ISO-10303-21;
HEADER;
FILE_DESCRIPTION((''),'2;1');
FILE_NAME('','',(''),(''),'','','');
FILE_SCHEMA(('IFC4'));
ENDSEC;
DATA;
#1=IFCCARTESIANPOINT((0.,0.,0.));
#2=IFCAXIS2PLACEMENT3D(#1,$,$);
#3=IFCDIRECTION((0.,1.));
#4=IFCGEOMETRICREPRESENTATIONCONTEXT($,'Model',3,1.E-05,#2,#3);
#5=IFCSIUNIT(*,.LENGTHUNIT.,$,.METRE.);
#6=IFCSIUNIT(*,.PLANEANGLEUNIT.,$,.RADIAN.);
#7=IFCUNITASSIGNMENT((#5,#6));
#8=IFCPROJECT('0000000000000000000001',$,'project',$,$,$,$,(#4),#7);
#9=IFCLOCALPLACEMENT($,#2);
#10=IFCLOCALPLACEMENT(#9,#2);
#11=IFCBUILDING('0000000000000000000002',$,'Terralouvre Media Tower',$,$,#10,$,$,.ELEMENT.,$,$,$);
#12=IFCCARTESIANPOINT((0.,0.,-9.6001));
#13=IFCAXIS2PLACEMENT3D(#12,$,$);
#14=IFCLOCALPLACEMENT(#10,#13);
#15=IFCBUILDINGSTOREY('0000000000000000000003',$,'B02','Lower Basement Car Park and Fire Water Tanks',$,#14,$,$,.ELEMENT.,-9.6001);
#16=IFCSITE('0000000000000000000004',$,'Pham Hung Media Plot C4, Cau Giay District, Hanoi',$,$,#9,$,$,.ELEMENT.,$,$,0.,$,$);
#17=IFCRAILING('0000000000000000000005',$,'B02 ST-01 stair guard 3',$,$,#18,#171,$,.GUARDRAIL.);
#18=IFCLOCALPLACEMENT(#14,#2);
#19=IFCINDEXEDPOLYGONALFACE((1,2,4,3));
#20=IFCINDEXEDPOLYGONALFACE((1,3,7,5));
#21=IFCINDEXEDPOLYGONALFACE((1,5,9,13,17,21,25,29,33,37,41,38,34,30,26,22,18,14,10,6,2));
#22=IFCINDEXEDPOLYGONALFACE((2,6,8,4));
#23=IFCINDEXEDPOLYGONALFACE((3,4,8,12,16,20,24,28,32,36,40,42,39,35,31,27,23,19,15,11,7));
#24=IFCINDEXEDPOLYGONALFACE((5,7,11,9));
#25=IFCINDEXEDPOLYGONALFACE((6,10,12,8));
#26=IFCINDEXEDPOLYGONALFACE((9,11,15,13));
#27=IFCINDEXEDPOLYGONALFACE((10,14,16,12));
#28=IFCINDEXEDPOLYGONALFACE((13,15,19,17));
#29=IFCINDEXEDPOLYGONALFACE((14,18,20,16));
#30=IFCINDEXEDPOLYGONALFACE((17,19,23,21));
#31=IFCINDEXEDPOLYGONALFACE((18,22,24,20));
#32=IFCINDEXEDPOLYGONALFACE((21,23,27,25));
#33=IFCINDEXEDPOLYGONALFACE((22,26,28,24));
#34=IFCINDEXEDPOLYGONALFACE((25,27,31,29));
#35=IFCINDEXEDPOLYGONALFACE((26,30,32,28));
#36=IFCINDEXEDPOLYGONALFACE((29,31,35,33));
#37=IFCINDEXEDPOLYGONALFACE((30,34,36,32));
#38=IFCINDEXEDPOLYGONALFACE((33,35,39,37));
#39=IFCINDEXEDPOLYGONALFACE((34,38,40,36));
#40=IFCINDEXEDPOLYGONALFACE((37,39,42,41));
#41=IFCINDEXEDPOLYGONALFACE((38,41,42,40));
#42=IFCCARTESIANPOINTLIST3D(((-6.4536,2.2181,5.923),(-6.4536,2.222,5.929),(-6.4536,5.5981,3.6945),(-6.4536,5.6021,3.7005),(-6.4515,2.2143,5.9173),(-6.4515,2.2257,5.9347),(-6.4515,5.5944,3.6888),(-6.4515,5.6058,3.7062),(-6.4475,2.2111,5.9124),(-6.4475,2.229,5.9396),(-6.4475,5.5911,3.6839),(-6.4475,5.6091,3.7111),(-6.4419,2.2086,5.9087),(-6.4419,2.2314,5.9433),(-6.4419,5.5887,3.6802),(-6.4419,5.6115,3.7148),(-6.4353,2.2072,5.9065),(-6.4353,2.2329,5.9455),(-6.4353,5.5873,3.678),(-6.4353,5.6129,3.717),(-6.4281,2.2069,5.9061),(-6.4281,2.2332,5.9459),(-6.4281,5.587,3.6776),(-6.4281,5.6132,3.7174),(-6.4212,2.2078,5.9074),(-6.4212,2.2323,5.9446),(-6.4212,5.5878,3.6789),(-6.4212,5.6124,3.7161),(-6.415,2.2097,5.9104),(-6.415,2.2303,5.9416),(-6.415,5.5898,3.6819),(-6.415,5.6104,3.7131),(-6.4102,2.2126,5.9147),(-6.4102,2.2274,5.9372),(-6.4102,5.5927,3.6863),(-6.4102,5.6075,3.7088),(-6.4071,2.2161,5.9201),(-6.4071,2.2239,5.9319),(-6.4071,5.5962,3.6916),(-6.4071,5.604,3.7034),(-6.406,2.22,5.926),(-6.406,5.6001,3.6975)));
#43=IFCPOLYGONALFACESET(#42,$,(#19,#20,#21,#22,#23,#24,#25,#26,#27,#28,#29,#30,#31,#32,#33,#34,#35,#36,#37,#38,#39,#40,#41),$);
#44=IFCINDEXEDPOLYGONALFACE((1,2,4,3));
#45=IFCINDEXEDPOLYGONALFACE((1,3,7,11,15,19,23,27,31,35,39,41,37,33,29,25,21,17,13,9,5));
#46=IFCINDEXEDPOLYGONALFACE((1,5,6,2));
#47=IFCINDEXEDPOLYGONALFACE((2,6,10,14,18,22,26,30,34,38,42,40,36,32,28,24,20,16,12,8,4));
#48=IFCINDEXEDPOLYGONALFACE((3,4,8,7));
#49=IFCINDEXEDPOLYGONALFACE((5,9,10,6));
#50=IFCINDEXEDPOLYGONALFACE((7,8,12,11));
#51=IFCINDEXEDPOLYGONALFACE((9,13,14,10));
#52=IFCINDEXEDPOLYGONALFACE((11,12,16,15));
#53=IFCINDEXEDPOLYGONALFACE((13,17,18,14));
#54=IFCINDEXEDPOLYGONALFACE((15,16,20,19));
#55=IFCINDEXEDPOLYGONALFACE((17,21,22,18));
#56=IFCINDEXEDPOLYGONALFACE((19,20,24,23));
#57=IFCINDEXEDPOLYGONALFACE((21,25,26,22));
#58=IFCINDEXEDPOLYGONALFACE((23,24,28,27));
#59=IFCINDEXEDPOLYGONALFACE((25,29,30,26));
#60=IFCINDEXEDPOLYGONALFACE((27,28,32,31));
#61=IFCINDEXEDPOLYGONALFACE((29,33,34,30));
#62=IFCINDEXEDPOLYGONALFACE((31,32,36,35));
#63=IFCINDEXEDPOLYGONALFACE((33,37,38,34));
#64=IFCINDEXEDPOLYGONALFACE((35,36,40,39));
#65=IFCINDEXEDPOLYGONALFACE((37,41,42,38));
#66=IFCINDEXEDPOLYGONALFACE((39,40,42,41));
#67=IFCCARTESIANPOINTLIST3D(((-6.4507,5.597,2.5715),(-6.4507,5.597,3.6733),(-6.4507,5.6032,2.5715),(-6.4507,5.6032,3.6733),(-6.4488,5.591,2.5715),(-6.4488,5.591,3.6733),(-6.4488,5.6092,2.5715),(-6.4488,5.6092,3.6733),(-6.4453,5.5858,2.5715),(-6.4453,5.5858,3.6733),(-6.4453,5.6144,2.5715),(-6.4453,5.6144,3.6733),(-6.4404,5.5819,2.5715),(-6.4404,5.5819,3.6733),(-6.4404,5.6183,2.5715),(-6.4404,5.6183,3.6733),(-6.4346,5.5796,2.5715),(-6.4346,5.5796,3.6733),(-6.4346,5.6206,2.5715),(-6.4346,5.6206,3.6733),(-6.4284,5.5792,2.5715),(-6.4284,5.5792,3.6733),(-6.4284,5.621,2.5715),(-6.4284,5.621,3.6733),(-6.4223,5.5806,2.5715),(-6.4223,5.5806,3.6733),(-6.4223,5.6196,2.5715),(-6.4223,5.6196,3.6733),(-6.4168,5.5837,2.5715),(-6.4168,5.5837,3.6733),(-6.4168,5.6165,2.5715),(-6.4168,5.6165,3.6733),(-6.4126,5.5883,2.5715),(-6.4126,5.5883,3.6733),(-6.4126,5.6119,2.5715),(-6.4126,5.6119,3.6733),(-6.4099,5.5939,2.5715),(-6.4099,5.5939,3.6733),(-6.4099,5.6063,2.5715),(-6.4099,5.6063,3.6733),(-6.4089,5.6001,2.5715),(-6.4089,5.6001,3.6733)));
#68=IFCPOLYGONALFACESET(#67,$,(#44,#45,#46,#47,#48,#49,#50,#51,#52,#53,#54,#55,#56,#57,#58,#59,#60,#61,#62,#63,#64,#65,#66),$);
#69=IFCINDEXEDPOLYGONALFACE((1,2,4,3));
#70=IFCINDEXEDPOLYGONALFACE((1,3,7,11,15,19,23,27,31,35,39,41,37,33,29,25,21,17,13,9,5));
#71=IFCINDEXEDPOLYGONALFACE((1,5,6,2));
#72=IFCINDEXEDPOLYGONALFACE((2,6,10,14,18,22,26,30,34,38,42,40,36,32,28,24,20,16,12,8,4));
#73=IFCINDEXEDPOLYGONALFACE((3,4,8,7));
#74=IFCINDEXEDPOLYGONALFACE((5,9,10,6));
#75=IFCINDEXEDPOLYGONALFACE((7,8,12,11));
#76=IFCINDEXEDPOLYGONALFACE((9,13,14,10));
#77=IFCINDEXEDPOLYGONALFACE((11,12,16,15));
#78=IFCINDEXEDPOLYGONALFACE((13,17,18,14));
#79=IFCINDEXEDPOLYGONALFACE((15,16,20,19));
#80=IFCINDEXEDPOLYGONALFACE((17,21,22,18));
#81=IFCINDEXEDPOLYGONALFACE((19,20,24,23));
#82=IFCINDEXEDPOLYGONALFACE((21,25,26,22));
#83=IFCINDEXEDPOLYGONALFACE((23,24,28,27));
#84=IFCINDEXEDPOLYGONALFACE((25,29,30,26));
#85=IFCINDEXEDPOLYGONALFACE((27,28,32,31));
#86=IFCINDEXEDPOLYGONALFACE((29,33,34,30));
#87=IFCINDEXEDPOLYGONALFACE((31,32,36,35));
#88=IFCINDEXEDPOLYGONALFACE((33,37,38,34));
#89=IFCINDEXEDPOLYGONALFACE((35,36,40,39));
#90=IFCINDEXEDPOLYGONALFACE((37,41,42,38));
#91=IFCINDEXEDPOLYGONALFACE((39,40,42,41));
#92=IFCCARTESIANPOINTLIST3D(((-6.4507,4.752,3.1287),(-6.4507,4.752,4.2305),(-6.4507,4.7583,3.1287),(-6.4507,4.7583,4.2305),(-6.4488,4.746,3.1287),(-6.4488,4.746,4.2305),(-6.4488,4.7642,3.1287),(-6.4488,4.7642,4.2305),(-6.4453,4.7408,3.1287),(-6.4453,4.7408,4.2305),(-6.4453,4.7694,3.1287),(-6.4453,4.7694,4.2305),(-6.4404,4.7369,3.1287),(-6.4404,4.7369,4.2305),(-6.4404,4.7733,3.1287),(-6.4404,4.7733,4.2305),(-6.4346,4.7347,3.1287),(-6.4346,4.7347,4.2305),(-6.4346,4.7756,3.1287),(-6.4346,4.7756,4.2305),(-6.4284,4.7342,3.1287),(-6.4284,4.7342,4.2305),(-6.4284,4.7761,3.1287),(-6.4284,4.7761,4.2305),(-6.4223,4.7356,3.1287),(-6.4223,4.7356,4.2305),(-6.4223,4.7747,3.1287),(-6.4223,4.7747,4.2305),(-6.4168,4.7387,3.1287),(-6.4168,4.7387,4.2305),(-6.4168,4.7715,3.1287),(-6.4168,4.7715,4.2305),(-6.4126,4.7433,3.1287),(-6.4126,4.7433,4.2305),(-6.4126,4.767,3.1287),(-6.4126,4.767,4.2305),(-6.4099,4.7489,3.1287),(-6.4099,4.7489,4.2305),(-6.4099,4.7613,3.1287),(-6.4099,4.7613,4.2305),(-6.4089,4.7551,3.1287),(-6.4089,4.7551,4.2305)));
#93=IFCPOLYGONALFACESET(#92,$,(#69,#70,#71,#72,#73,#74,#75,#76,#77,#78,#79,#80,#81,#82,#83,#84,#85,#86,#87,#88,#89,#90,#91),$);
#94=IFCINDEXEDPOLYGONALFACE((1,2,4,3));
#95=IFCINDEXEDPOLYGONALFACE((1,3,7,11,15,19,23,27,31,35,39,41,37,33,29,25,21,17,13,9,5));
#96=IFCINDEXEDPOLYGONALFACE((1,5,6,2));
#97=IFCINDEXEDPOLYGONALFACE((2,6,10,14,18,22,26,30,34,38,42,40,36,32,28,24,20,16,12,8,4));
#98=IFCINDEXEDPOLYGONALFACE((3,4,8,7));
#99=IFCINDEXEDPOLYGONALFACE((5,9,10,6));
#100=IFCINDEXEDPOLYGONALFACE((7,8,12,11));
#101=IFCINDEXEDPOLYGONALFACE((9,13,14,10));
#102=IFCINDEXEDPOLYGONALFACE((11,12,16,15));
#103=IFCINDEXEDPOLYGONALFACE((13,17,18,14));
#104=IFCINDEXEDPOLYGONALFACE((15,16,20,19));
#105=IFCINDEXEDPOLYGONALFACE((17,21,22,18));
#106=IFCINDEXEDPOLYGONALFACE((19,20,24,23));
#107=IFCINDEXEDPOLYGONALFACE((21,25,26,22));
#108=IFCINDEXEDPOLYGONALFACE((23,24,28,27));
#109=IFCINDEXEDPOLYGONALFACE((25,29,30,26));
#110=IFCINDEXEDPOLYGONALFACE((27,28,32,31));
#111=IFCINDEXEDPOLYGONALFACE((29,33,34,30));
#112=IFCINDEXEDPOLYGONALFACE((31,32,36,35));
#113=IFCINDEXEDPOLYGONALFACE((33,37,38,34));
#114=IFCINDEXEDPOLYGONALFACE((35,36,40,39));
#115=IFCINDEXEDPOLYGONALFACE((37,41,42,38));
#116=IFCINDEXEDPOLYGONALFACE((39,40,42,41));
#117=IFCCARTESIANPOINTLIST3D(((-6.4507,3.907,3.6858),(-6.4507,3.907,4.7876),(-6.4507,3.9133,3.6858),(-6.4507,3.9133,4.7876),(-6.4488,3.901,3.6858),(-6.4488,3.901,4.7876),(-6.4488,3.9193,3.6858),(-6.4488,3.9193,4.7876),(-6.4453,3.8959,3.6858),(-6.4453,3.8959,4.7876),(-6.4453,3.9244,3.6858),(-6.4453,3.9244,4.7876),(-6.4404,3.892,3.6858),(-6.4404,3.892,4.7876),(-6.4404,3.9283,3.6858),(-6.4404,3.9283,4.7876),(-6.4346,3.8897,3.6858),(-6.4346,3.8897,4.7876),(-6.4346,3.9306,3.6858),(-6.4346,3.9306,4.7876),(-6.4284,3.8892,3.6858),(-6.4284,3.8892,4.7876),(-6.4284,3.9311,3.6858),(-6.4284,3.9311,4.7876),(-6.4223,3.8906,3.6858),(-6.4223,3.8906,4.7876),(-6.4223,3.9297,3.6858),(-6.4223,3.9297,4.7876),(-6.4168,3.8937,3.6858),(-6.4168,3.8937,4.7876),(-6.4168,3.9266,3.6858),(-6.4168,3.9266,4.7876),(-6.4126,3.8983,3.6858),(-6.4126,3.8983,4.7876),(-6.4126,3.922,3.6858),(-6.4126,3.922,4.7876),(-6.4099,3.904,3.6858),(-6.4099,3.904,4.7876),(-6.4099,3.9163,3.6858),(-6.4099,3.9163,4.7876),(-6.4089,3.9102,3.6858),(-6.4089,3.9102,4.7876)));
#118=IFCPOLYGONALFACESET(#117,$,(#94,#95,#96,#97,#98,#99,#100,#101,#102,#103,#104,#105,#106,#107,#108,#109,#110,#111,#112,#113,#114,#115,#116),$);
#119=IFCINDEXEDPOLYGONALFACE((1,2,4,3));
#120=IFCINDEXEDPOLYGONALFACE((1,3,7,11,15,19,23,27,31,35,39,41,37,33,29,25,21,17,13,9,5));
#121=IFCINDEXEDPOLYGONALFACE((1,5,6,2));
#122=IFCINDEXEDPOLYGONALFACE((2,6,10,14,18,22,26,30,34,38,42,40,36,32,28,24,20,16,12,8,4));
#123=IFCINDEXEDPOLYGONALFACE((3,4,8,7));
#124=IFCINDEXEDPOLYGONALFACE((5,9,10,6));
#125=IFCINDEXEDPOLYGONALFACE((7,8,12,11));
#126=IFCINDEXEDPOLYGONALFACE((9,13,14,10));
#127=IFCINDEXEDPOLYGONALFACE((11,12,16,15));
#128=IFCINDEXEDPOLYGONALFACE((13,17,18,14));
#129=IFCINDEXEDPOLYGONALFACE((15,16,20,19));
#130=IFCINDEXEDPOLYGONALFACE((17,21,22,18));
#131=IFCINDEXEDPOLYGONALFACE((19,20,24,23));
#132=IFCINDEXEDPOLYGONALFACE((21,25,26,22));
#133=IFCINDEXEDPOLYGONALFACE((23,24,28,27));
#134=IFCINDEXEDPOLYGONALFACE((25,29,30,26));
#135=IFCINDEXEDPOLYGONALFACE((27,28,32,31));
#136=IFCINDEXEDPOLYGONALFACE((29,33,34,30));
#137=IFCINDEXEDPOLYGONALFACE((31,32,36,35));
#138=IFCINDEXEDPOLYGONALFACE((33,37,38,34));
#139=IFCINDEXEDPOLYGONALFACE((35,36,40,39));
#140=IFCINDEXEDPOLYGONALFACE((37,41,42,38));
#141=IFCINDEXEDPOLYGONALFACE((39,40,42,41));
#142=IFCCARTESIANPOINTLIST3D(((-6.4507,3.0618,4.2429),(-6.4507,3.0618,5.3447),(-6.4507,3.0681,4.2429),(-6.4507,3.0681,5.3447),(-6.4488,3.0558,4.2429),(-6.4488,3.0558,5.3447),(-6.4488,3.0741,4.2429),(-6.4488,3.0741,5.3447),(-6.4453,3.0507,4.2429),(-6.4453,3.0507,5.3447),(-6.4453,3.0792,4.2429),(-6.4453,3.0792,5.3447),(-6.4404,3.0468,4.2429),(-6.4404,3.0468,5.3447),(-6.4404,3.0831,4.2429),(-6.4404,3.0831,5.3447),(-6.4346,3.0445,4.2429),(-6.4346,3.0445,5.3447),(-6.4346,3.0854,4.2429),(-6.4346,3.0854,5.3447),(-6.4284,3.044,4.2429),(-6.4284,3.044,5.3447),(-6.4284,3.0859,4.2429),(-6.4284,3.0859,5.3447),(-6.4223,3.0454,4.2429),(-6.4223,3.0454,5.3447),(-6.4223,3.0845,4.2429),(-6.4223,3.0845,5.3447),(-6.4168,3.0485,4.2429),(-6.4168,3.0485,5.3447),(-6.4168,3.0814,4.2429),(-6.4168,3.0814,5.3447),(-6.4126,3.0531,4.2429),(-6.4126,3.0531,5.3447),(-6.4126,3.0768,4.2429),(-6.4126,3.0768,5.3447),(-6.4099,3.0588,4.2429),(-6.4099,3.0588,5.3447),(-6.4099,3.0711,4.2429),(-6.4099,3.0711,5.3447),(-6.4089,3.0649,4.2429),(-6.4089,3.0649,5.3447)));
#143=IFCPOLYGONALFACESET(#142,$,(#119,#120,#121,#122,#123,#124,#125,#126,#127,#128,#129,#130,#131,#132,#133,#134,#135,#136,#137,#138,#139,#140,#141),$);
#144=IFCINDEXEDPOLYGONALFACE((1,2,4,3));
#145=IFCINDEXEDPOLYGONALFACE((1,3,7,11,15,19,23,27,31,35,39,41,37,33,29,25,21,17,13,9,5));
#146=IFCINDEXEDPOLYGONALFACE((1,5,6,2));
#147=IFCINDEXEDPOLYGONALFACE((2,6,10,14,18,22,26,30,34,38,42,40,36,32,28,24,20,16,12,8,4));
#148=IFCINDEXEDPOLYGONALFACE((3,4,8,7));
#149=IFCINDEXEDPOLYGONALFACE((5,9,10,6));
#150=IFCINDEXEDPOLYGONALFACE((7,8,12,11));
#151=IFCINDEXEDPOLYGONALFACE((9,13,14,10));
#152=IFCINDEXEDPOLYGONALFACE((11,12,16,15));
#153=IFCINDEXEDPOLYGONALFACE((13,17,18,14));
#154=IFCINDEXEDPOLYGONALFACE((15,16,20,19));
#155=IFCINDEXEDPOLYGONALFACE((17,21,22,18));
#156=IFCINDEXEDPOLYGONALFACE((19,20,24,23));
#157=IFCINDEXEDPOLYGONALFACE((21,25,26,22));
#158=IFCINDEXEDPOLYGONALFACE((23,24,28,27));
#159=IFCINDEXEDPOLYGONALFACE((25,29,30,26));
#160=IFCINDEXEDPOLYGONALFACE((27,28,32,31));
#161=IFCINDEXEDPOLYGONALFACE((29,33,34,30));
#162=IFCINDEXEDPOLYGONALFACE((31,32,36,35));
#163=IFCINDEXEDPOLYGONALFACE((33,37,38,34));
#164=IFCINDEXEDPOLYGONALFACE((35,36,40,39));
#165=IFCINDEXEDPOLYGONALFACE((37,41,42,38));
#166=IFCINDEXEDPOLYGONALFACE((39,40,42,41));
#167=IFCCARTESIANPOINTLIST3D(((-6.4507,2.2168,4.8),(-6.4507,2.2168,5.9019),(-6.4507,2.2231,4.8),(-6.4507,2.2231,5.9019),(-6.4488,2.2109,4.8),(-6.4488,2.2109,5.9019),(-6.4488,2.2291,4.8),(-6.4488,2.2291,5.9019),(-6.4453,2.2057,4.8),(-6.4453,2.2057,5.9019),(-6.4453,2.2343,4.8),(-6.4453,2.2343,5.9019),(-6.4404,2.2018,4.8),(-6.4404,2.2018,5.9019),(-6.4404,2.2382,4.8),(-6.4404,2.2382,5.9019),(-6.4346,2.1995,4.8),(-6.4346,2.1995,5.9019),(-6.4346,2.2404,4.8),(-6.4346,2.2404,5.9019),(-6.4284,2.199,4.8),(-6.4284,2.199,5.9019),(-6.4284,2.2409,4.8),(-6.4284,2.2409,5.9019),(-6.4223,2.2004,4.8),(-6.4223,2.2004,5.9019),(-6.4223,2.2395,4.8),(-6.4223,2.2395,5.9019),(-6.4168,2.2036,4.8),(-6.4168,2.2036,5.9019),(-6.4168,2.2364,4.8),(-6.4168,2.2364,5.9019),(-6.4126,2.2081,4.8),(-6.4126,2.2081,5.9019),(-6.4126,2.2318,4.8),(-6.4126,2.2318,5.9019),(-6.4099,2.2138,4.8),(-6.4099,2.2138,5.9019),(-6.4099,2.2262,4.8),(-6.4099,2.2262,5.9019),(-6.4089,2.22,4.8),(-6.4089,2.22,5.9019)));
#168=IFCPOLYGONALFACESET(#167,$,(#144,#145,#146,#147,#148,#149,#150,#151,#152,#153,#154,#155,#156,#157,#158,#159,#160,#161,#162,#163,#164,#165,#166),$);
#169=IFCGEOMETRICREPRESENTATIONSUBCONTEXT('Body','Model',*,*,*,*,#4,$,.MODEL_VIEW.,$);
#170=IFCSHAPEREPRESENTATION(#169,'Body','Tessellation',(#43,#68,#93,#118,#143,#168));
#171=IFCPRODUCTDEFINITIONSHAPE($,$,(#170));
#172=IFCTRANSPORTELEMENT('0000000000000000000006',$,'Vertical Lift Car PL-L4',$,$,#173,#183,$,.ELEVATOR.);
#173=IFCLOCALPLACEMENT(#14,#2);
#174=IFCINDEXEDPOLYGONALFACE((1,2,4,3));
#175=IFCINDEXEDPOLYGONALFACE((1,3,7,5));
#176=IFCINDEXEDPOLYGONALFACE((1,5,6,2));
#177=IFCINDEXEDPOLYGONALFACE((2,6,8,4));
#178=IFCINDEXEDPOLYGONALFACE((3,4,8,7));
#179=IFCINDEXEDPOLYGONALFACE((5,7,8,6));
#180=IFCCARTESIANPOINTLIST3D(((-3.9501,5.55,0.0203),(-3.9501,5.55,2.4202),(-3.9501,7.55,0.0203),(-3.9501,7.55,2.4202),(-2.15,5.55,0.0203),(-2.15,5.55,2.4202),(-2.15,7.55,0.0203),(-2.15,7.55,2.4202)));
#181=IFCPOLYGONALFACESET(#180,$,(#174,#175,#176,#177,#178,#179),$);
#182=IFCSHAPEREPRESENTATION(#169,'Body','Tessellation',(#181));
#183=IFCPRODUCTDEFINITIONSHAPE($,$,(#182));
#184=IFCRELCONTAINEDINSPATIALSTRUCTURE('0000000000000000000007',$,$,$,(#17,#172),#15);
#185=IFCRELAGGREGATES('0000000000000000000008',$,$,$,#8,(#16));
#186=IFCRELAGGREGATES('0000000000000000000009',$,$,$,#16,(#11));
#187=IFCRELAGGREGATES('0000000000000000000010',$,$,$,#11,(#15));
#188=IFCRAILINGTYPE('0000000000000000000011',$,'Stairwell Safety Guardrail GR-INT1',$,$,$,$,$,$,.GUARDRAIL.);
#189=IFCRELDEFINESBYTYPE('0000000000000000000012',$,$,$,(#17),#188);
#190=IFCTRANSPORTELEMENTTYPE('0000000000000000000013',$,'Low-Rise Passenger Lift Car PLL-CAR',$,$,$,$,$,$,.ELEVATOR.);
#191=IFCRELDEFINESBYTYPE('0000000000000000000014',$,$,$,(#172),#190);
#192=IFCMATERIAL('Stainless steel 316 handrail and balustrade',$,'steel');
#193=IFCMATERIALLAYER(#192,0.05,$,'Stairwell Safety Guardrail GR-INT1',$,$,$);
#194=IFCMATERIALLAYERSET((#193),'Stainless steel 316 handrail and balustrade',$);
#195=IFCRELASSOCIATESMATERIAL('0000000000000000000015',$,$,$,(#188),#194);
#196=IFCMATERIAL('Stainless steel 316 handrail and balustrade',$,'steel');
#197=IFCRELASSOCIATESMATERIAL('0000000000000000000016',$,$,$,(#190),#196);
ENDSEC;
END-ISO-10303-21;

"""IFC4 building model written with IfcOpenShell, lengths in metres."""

from ifc_helpers import new_model, si_unit, direction, frame, origin, origin_2d, place, context, subcontext, project, spatial, rectangle, circle, extrude, material, layer, layer_set, type_object, element, save


model = new_model("IFC4")

# Units and contexts
model_context = context("Model", 3, precision=1e-05, world=origin(), true_north=direction((0.0, 1.0)))
body_context = subcontext(model_context, "Body", "Model", "MODEL_VIEW")
ifc_project = project(units=[si_unit("LENGTHUNIT", "METRE"), si_unit("PLANEANGLEUNIT", "RADIAN")], contexts=[model_context])

# Site, building, storey
site_placement = place(None, origin())
site = spatial("IfcSite", under=ifc_project, at=site_placement, Name="Pham Hung Media Plot C4, Cau Giay District, Hanoi", CompositionType="ELEMENT", RefElevation=0.0)
building_placement = place(site_placement, origin())
building = spatial("IfcBuilding", under=site, at=building_placement, Name="Terralouvre Media Tower", CompositionType="ELEMENT")
storey_placement = place(building_placement, frame((0.0, 0.0, -9.6001)))
storey = spatial("IfcBuildingStorey", under=building, at=storey_placement, Name="B02", Description="Lower Basement Car Park and Fire Water Tanks", CompositionType="ELEMENT", Elevation=-9.6001)

# Railing
ifc_material_1 = material(Name="Stainless steel 316 handrail and balustrade", Category="steel")
ifc_layer_1 = layer(ifc_material_1, 0.05, Name="Stairwell Safety Guardrail GR-INT1")
ifc_layer_set_1 = layer_set([ifc_layer_1], Name="Stainless steel 316 handrail and balustrade")
railing_type_1 = type_object("IfcRailingType", Name="Stairwell Safety Guardrail GR-INT1", PredefinedType="GUARDRAIL", material=ifc_layer_set_1)
railing_1_placement = place(storey_placement, frame((-6.4299, 5.6001, 2.5715)))
element("IfcRailing", 1, at=railing_1_placement, inside=storey, type_object=railing_type_1, Name="B02 ST-01 stair guard 3", PredefinedType="GUARDRAIL", context=body_context, shape_type="SweptSolid", body=[
    extrude(circle(Radius=0.0239, at=origin_2d()), frame((0.0, 0.0, 1.126), z_axis=(0.0, -0.834878, 0.550435), x_axis=(1.0, 0.0, 0.0)), (0.0, 0.0, 1.0), 4.0486),
    extrude(circle(Radius=0.021, at=origin_2d()), origin(), (0.0, 0.0, 1.0), 1.1018),
    extrude(circle(Radius=0.021, at=origin_2d()), frame((0.0, -0.845, 0.5571)), (0.0, 0.0, 1.0), 1.1018),
    extrude(circle(Radius=0.021, at=origin_2d()), frame((0.0, -1.6899, 1.1143)), (0.0, 0.0, 1.0), 1.1018),
    extrude(circle(Radius=0.021, at=origin_2d()), frame((0.0, -2.5352, 1.6714)), (0.0, 0.0, 1.0), 1.1018),
    extrude(circle(Radius=0.021, at=origin_2d()), frame((0.0, -3.3801, 2.2285)), (0.0, 0.0, 1.0), 1.1018),
])

# Transport element
ifc_material_2 = material(Name="Stainless steel 316 handrail and balustrade", Category="steel")
transport_element_type = type_object("IfcTransportElementType", Name="Low-Rise Passenger Lift Car PLL-CAR", PredefinedType="ELEVATOR", material=ifc_material_2)
transport_element_placement = place(storey_placement, frame((-3.05, 6.55, 0.0203), z_axis=(0.0, 0.0, 1.0), x_axis=(1.0, 0.0, 0.0)))
element("IfcTransportElement", 2, at=transport_element_placement, inside=storey, type_object=transport_element_type, Name="Vertical Lift Car PL-L4", PredefinedType="ELEVATOR", context=body_context, shape_type="SweptSolid", body=[
    extrude(rectangle(XDim=1.8, YDim=2.0, at=origin_2d()), origin(), (0.0, 0.0, 1.0), 2.3999),
])

save(model, "model.ifc")
